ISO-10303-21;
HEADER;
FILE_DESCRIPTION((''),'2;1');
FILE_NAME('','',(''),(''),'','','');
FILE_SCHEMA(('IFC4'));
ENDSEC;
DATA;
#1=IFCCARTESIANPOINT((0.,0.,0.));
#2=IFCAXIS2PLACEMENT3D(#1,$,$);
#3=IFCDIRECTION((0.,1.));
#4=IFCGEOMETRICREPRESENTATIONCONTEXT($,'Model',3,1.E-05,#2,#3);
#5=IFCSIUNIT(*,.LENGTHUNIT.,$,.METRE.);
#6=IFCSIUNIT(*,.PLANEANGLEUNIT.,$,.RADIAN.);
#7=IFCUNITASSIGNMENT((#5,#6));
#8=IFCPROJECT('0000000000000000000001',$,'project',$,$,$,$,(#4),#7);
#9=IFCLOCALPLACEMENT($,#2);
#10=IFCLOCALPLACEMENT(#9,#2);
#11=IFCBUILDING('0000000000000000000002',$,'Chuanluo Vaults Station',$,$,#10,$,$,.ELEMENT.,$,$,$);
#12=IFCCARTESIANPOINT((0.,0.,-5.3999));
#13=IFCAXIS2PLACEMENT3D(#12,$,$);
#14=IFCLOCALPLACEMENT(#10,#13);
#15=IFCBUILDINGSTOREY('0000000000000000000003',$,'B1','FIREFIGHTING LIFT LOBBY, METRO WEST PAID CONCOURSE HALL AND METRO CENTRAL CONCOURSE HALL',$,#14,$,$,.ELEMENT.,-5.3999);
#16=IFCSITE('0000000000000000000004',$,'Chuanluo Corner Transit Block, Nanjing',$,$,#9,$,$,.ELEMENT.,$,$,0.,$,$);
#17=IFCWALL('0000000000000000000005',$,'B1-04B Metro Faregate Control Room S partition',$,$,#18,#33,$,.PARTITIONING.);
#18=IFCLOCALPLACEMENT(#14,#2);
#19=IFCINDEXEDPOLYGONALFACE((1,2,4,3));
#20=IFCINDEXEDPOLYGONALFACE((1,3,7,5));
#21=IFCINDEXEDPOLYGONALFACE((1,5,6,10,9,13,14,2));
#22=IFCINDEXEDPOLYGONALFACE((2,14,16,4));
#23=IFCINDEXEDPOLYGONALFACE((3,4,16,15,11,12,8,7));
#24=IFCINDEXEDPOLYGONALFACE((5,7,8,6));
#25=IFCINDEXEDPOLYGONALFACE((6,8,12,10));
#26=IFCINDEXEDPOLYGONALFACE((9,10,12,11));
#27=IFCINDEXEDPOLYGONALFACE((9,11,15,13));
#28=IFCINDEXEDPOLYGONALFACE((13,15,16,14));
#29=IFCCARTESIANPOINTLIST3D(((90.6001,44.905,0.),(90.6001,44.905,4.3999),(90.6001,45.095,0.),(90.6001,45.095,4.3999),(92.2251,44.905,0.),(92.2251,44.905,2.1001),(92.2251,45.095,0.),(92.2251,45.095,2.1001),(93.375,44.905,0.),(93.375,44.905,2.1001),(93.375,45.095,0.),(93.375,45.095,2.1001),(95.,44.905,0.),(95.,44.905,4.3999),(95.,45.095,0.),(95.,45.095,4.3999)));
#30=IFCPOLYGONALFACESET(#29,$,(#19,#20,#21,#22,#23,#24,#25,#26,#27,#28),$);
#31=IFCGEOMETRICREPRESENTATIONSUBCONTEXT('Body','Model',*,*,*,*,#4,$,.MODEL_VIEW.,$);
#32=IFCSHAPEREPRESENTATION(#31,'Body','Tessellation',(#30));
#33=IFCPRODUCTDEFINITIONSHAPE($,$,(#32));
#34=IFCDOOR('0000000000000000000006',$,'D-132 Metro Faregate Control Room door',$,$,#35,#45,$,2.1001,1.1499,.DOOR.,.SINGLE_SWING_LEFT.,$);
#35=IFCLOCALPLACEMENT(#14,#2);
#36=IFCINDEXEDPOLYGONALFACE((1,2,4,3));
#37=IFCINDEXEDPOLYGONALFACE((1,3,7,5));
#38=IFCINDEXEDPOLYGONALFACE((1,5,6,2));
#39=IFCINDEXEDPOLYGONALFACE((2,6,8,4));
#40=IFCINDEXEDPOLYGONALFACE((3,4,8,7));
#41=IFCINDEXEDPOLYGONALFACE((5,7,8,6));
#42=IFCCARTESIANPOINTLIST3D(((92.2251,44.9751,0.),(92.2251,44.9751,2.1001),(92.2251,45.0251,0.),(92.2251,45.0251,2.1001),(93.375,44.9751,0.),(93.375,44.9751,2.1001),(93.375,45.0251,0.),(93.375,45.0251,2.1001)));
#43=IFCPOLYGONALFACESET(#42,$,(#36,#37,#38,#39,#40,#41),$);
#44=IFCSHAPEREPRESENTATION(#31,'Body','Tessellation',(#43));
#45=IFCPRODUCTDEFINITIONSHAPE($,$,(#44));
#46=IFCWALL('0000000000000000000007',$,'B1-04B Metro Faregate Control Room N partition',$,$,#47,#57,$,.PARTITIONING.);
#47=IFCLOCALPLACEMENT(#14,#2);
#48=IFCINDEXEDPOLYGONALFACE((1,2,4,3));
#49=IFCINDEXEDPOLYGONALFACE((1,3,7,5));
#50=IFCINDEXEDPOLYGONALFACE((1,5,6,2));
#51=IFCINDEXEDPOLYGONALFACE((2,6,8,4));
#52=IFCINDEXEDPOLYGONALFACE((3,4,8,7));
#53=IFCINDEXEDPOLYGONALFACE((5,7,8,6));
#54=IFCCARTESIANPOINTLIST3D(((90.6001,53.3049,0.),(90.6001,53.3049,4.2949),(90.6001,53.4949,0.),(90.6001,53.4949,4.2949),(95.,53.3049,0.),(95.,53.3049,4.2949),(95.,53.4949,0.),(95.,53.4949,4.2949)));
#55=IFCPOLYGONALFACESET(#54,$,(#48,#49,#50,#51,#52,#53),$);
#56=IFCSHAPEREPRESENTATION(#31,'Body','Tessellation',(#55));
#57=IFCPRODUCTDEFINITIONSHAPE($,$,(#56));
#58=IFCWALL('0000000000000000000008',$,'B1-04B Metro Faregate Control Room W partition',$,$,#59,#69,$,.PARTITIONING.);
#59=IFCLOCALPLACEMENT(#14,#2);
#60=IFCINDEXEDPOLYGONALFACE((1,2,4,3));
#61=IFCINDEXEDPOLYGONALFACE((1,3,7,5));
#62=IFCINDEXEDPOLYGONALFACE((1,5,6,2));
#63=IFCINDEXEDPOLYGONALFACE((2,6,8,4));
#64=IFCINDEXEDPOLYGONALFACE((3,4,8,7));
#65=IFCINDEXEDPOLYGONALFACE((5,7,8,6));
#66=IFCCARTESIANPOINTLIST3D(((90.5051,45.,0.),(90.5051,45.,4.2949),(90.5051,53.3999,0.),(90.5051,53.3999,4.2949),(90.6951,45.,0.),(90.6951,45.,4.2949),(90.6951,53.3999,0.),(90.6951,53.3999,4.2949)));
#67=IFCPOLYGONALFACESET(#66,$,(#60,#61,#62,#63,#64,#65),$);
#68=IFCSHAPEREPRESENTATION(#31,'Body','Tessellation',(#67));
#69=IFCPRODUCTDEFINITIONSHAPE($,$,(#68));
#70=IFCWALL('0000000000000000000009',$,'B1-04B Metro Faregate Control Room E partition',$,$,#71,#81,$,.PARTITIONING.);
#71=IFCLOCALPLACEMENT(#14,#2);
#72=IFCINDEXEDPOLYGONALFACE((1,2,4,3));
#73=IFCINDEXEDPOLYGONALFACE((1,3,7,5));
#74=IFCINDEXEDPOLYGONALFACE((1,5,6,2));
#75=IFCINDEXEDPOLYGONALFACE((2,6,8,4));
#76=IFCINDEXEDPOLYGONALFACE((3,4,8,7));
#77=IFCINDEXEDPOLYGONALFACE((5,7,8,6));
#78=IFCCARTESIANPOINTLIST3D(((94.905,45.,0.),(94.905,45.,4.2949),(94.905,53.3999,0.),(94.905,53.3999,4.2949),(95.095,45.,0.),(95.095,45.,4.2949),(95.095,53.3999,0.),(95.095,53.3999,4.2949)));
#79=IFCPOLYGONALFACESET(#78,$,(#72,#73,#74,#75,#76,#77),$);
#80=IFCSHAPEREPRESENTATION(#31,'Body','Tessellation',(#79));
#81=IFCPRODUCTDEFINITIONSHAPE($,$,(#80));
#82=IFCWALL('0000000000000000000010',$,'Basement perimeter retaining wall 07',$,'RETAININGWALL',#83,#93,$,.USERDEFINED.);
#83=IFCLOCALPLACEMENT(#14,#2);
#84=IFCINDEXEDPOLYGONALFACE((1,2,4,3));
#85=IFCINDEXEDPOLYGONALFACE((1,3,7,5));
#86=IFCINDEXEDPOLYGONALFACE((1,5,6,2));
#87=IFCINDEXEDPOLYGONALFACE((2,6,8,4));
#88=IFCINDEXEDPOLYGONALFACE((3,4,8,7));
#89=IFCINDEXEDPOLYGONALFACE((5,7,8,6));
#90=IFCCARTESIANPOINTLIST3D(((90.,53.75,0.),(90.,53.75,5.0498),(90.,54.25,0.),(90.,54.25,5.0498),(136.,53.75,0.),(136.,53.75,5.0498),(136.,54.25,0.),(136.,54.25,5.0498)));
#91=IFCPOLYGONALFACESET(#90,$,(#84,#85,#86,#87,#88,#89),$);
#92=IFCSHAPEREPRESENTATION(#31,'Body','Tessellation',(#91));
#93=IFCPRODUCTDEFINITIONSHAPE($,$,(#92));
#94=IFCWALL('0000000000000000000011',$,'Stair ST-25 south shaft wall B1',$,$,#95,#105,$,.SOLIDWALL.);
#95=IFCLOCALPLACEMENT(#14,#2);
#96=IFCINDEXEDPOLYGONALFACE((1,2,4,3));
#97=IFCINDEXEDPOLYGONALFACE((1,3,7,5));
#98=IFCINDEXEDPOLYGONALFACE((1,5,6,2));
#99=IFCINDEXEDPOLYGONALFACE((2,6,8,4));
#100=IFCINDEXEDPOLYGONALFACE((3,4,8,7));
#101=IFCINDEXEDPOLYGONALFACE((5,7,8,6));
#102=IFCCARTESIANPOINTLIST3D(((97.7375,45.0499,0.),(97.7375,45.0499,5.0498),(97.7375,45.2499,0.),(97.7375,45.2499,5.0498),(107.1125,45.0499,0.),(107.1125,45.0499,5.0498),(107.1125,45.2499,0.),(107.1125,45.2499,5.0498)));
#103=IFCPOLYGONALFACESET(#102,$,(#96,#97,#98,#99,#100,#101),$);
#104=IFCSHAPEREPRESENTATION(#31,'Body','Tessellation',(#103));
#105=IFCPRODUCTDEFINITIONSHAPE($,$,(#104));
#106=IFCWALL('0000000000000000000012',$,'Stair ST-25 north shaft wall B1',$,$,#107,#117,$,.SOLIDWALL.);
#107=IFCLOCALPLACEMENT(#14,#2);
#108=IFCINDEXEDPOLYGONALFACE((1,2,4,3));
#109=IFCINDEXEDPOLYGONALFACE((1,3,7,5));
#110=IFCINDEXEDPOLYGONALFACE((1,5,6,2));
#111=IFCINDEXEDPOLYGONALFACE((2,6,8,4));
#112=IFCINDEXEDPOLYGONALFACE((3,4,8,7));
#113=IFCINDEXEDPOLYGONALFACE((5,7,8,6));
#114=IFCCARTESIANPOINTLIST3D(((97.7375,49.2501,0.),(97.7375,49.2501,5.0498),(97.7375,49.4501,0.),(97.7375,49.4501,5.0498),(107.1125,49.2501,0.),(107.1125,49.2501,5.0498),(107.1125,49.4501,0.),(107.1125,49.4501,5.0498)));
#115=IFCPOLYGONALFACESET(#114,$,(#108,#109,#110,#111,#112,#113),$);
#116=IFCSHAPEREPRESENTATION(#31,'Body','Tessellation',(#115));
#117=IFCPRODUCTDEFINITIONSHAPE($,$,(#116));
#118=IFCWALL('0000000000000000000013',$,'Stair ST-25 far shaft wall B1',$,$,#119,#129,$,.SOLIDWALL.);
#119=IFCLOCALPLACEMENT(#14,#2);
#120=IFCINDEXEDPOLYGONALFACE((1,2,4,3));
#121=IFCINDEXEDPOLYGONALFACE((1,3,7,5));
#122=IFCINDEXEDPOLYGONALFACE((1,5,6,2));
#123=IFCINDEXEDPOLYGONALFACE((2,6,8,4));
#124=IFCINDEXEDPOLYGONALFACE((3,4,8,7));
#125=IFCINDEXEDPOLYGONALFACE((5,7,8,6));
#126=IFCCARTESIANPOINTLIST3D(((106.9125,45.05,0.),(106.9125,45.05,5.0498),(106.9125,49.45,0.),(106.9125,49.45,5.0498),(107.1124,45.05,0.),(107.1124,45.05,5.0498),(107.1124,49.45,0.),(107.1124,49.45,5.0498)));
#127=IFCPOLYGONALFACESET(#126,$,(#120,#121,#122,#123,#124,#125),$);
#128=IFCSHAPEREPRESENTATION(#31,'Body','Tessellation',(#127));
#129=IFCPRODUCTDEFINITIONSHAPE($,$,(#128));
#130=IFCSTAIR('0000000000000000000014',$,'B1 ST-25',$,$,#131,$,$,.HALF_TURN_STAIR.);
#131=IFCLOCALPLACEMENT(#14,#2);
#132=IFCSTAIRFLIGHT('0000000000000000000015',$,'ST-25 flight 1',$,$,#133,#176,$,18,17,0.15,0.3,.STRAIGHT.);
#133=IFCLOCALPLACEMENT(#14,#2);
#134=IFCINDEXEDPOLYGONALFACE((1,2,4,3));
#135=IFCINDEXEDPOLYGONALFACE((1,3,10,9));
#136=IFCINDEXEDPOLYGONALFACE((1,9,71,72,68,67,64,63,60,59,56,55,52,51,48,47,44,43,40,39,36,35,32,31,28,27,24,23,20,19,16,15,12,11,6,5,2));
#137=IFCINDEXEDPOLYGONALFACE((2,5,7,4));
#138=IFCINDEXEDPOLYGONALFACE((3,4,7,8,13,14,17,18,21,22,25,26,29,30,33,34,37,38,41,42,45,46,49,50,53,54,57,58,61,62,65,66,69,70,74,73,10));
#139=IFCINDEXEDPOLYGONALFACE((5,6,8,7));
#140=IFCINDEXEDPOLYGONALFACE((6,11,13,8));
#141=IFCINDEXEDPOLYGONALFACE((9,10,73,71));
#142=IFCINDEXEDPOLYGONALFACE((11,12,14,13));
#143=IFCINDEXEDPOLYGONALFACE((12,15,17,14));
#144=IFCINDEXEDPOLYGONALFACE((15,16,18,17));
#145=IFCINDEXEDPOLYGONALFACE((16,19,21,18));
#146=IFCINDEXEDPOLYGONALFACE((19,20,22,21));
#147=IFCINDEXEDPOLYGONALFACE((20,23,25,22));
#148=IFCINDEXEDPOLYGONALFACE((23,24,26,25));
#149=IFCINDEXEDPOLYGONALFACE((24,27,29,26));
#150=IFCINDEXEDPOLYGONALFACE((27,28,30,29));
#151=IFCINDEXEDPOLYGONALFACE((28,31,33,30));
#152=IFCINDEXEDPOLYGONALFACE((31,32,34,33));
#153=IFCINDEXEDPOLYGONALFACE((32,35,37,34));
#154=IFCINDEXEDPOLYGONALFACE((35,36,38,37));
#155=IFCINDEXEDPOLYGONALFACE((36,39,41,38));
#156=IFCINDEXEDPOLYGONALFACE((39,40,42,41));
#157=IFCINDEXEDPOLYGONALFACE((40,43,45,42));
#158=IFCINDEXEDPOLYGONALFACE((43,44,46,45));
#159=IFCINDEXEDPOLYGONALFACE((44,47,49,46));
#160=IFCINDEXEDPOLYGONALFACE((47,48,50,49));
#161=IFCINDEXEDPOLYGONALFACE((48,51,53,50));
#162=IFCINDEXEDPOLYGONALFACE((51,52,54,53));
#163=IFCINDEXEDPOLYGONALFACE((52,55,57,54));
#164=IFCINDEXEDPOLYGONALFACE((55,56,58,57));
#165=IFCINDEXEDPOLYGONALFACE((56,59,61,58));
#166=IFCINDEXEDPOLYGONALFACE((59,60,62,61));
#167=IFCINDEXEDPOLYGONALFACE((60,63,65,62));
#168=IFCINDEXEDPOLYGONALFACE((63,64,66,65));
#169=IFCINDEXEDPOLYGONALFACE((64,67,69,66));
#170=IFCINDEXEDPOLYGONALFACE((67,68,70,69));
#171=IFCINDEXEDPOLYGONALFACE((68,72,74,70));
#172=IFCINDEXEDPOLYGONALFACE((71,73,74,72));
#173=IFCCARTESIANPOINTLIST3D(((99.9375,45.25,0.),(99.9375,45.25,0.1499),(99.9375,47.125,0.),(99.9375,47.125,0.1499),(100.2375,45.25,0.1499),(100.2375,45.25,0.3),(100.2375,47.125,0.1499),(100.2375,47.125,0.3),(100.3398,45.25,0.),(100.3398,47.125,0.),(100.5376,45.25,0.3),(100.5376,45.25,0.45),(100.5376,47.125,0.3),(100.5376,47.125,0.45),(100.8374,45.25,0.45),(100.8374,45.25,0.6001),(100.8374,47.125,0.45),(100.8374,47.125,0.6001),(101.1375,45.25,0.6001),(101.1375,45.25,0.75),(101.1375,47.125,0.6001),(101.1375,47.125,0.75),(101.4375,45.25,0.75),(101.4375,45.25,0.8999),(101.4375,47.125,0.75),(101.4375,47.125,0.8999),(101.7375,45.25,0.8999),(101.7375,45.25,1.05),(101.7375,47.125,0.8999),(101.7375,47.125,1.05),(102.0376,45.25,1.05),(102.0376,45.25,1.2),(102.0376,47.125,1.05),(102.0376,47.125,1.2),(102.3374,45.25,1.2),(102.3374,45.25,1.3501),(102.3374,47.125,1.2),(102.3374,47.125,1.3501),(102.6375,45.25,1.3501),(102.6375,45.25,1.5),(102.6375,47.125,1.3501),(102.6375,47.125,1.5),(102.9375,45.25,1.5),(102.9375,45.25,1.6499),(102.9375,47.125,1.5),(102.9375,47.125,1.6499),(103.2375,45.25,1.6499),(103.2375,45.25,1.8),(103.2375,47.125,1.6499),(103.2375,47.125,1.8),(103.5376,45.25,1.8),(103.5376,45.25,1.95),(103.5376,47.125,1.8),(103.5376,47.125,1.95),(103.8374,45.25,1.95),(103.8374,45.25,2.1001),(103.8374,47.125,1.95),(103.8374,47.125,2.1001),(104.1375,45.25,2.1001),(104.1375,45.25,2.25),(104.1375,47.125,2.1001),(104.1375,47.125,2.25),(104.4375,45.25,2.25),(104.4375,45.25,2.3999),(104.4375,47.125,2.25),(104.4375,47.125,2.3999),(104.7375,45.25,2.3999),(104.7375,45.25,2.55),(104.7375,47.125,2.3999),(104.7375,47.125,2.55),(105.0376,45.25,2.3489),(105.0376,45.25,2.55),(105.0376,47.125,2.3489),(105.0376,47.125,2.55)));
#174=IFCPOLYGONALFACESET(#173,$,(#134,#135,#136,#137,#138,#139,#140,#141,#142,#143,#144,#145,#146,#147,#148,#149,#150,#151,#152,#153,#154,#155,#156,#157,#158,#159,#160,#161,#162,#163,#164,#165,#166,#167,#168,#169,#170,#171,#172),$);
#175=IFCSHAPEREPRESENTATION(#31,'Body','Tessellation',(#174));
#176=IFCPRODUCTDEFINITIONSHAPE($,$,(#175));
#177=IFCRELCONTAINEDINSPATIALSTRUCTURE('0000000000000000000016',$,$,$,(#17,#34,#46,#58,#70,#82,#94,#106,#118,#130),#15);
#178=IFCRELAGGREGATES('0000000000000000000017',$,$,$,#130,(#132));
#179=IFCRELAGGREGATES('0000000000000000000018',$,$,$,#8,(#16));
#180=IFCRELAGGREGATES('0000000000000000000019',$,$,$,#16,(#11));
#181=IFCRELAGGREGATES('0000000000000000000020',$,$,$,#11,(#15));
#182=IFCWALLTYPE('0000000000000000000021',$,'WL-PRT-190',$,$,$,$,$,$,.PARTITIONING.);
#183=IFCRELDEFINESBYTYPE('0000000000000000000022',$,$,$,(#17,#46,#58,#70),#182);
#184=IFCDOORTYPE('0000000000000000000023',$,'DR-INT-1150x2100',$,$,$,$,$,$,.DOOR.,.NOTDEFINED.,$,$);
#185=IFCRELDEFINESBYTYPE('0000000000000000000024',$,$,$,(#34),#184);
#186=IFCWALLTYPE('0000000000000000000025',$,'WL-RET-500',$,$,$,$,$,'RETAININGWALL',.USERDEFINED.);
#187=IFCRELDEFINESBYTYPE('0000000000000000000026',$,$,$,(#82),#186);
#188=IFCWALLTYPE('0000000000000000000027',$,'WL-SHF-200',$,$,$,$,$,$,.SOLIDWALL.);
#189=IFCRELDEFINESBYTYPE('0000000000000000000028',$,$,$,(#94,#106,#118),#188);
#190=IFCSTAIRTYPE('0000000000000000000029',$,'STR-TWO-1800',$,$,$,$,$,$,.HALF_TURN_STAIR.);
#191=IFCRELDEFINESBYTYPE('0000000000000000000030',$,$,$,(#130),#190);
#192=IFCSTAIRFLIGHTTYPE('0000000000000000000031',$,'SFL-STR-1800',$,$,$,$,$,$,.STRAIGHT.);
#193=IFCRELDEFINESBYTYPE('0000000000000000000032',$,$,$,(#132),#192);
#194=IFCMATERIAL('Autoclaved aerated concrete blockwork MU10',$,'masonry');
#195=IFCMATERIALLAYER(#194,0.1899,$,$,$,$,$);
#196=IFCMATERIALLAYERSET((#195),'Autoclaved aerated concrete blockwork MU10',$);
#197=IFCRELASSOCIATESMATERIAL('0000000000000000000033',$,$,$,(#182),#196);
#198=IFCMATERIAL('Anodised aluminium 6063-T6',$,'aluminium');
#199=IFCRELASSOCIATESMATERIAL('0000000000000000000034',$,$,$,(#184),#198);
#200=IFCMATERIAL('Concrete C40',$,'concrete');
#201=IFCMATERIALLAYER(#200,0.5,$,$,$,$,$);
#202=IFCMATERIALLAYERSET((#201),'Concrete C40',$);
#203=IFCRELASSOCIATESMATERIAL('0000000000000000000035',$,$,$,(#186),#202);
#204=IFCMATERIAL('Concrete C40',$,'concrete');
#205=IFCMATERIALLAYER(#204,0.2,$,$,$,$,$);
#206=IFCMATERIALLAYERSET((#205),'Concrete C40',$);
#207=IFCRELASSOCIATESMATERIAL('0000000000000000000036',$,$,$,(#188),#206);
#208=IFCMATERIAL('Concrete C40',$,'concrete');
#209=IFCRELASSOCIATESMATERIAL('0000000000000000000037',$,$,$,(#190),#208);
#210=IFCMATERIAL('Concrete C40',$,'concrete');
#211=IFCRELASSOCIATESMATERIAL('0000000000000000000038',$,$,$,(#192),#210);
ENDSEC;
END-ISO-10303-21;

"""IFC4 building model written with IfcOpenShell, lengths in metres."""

from ifc_helpers import new_model, si_unit, direction, frame, frame_2d, origin, place, context, subcontext, project, spatial, polyline, rectangle, outline, extrude, material, layer, layer_set, type_object, element, fill, aggregate, save


model = new_model("IFC4")

# Units and contexts
model_context = context("Model", 3, precision=1e-05, world=origin(), true_north=direction((0.0, 1.0)))
body_context = subcontext(model_context, "Body", "Model", "MODEL_VIEW")
ifc_project = project(units=[si_unit("LENGTHUNIT", "METRE"), si_unit("PLANEANGLEUNIT", "RADIAN")], contexts=[model_context])

# Site, building, storey
site_placement = place(None, origin())
site = spatial("IfcSite", under=ifc_project, at=site_placement, Name="Chuanluo Corner Transit Block, Nanjing", CompositionType="ELEMENT", RefElevation=0.0)
building_placement = place(site_placement, origin())
building = spatial("IfcBuilding", under=site, at=building_placement, Name="Chuanluo Vaults Station", CompositionType="ELEMENT")
storey_placement = place(building_placement, frame((0.0, 0.0, -5.3999)))
storey = spatial("IfcBuildingStorey", under=building, at=storey_placement, Name="B1", Description="FIREFIGHTING LIFT LOBBY, METRO WEST PAID CONCOURSE HALL AND METRO CENTRAL CONCOURSE HALL", CompositionType="ELEMENT", Elevation=-5.3999)

# Wall, opening, door
ifc_material_1 = material(Name="Autoclaved aerated concrete blockwork MU10", Category="masonry")
ifc_layer_1 = layer(ifc_material_1, 0.1899)
ifc_layer_set_1 = layer_set([ifc_layer_1], Name="Autoclaved aerated concrete blockwork MU10")
wall_type_1 = type_object("IfcWallType", Name="WL-PRT-190", PredefinedType="PARTITIONING", material=ifc_layer_set_1)
wall_1_placement = place(storey_placement, frame((95.0, 45.0, 0.0), z_axis=(0.0, 0.0, 1.0), x_axis=(-1.0, 0.0, 0.0)))
wall_1 = element("IfcWall", 1, at=wall_1_placement, inside=storey, type_object=wall_type_1, Name="B1-04B Metro Faregate Control Room S partition", PredefinedType="PARTITIONING", context=body_context, shape_type="SweptSolid", body=[
    extrude(rectangle(XDim=4.3999, YDim=0.1899, at=frame_2d((2.2, 0.0))), origin(), (0.0, 0.0, 1.0), 4.3999),
])
opening_1_placement = place(wall_1_placement, frame((1.625, 0.0, 0.0)))
opening_1 = element("IfcOpeningElement", 2, at=opening_1_placement, cuts=wall_1, PredefinedType="OPENING", context=body_context, shape_type="SweptSolid", body=[
    extrude(rectangle(XDim=1.1499, YDim=2.1001, at=frame_2d((0.575, 1.05))), frame((0.0, 0.105, 0.0), z_axis=(0.0, -1.0, 0.0), x_axis=(1.0, 0.0, 0.0)), (0.0, 0.0, 1.0), 0.2099),
])
ifc_material_2 = material(Name="Anodised aluminium 6063-T6", Category="aluminium")
door_type_1 = type_object("IfcDoorType", Name="DR-INT-1150x2100", OperationType="NOTDEFINED", PredefinedType="DOOR", material=ifc_material_2)
door_1_placement = place(opening_1_placement, origin())
door_1 = element("IfcDoor", 3, at=door_1_placement, inside=storey, type_object=door_type_1, Name="D-132 Metro Faregate Control Room door", OperationType="SINGLE_SWING_LEFT", OverallHeight=2.1001, OverallWidth=1.1499, PredefinedType="DOOR", context=body_context, shape_type="SweptSolid", body=[
    extrude(rectangle(XDim=1.1499, YDim=2.1001, at=frame_2d((0.575, 1.05))), frame((0.0, 0.0249, 0.0), z_axis=(0.0, -1.0, 0.0), x_axis=(1.0, 0.0, 0.0)), (0.0, 0.0, 1.0), 0.05),
])
fill(opening_1, door_1)

# Walls
wall_2_placement = place(storey_placement, frame((90.6001, 53.3999, 0.0), z_axis=(0.0, 0.0, 1.0), x_axis=(1.0, 0.0, 0.0)))
element("IfcWall", 4, at=wall_2_placement, inside=storey, type_object=wall_type_1, Name="B1-04B Metro Faregate Control Room N partition", PredefinedType="PARTITIONING", context=body_context, shape_type="SweptSolid", body=[
    extrude(rectangle(XDim=4.3999, YDim=0.1899, at=frame_2d((2.2, 0.0))), origin(), (0.0, 0.0, 1.0), 4.2949),
])
for number, where, z_axis, x_axis, name in (
    (5, (90.6001, 45.0, 0.0), (0.0, 0.0, 1.0), (0.0, 1.0, 0.0), "B1-04B Metro Faregate Control Room W partition"),
    (6, (95.0, 53.3999, 0.0), (0.0, 0.0, 1.0), (0.0, -1.0, 0.0), "B1-04B Metro Faregate Control Room E partition"),
):
    element("IfcWall", number, at=place(storey_placement, frame(where, z_axis=z_axis, x_axis=x_axis)), inside=storey, type_object=wall_type_1, Name=name, PredefinedType="PARTITIONING", context=body_context, shape_type="SweptSolid", body=[
        extrude(rectangle(XDim=8.3999, YDim=0.1899, at=frame_2d((4.2, 0.0))), origin(), (0.0, 0.0, 1.0), 4.2949),
    ])
ifc_material_3 = material(Name="Concrete C40", Category="concrete")
ifc_layer_2 = layer(ifc_material_3, 0.5)
ifc_layer_set_2 = layer_set([ifc_layer_2], Name="Concrete C40")
wall_type_2 = type_object("IfcWallType", Name="WL-RET-500", ElementType="RETAININGWALL", PredefinedType="USERDEFINED", material=ifc_layer_set_2)
wall_3_placement = place(storey_placement, frame((90.0, 54.0, 0.0), z_axis=(0.0, 0.0, 1.0), x_axis=(1.0, 0.0, 0.0)))
element("IfcWall", 7, at=wall_3_placement, inside=storey, type_object=wall_type_2, Name="Basement perimeter retaining wall 07", ObjectType="RETAININGWALL", PredefinedType="USERDEFINED", context=body_context, shape_type="SweptSolid", body=[
    extrude(rectangle(XDim=46.0, YDim=0.5, at=frame_2d((23.0, 0.0))), origin(), (0.0, 0.0, 1.0), 5.0498),
])
ifc_material_4 = material(Name="Concrete C40", Category="concrete")
ifc_layer_3 = layer(ifc_material_4, 0.2)
ifc_layer_set_3 = layer_set([ifc_layer_3], Name="Concrete C40")
wall_type_3 = type_object("IfcWallType", Name="WL-SHF-200", PredefinedType="SOLIDWALL", material=ifc_layer_set_3)
for number, where, z_axis, x_axis, name in (
    (8, (97.7375, 45.1499, 0.0), (0.0, 0.0, 1.0), (1.0, 0.0, 0.0), "Stair ST-25 south shaft wall B1"),
    (9, (107.1125, 49.3501, 0.0), (0.0, 0.0, 1.0), (-1.0, 0.0, 0.0), "Stair ST-25 north shaft wall B1"),
):
    element("IfcWall", number, at=place(storey_placement, frame(where, z_axis=z_axis, x_axis=x_axis)), inside=storey, type_object=wall_type_3, Name=name, PredefinedType="SOLIDWALL", context=body_context, shape_type="SweptSolid", body=[
        extrude(rectangle(XDim=9.375, YDim=0.2, at=frame_2d((4.6875, 0.0))), origin(), (0.0, 0.0, 1.0), 5.0498),
    ])
wall_4_placement = place(storey_placement, frame((107.0125, 45.05, 0.0), z_axis=(0.0, 0.0, 1.0), x_axis=(0.0, 1.0, 0.0)))
element("IfcWall", 10, at=wall_4_placement, inside=storey, type_object=wall_type_3, Name="Stair ST-25 far shaft wall B1", PredefinedType="SOLIDWALL", context=body_context, shape_type="SweptSolid", body=[
    extrude(rectangle(XDim=4.3999, YDim=0.2, at=frame_2d((2.2, 0.0))), origin(), (0.0, 0.0, 1.0), 5.0498),
])

# Stair, stair flight
ifc_material_5 = material(Name="Concrete C40", Category="concrete")
stair_type = type_object("IfcStairType", Name="STR-TWO-1800", PredefinedType="HALF_TURN_STAIR", material=ifc_material_5)
stair_placement = place(storey_placement, origin())
stair = element("IfcStair", 11, at=stair_placement, inside=storey, type_object=stair_type, Name="B1 ST-25", PredefinedType="HALF_TURN_STAIR")
ifc_material_6 = material(Name="Concrete C40", Category="concrete")
stair_flight_type = type_object("IfcStairFlightType", Name="SFL-STR-1800", PredefinedType="STRAIGHT", material=ifc_material_6)
stair_flight_1_placement = place(storey_placement, frame((99.9375, 46.1875, 0.0), z_axis=(0.0, 0.0, 1.0), x_axis=(1.0, 0.0, 0.0)))
stair_flight_1 = element("IfcStairFlight", 12, at=stair_flight_1_placement, type_object=stair_flight_type, Name="ST-25 flight 1", NumberOfRisers=18, NumberOfTreads=17, PredefinedType="STRAIGHT", RiserHeight=0.15, TreadLength=0.3, context=body_context, shape_type="SweptSolid", body=[
    extrude(outline(polyline([(0.0, 0.0), (0.0, 0.1499), (0.3, 0.1499), (0.3, 0.3), (0.6001, 0.3), (0.6001, 0.45), (0.8999, 0.45), (0.8999, 0.6001), (1.2, 0.6001), (1.2, 0.75), (1.5, 0.75), (1.5, 0.8999), (1.8, 0.8999), (1.8, 1.05), (2.1001, 1.05), (2.1001, 1.2), (2.3999, 1.2), (2.3999, 1.3501), (2.7, 1.3501), (2.7, 1.5), (3.0, 1.5), (3.0, 1.6499), (3.3, 1.6499), (3.3, 1.8), (3.6001, 1.8), (3.6001, 1.95), (3.8999, 1.95), (3.8999, 2.1001), (4.2, 2.1001), (4.2, 2.25), (4.5, 2.25), (4.5, 2.3999), (4.8, 2.3999), (4.8, 2.55), (5.1001, 2.55), (5.1001, 2.7), (5.1001, 2.3489), (0.4023, 0.0), (0.0, 0.0)])), frame((0.0, 0.9375, 0.0), z_axis=(0.0, -1.0, 0.0), x_axis=(1.0, 0.0, 0.0)), (0.0, 0.0, 1.0), 1.875),
])
aggregate(stair, [stair_flight_1])

save(model, "model.ifc")
